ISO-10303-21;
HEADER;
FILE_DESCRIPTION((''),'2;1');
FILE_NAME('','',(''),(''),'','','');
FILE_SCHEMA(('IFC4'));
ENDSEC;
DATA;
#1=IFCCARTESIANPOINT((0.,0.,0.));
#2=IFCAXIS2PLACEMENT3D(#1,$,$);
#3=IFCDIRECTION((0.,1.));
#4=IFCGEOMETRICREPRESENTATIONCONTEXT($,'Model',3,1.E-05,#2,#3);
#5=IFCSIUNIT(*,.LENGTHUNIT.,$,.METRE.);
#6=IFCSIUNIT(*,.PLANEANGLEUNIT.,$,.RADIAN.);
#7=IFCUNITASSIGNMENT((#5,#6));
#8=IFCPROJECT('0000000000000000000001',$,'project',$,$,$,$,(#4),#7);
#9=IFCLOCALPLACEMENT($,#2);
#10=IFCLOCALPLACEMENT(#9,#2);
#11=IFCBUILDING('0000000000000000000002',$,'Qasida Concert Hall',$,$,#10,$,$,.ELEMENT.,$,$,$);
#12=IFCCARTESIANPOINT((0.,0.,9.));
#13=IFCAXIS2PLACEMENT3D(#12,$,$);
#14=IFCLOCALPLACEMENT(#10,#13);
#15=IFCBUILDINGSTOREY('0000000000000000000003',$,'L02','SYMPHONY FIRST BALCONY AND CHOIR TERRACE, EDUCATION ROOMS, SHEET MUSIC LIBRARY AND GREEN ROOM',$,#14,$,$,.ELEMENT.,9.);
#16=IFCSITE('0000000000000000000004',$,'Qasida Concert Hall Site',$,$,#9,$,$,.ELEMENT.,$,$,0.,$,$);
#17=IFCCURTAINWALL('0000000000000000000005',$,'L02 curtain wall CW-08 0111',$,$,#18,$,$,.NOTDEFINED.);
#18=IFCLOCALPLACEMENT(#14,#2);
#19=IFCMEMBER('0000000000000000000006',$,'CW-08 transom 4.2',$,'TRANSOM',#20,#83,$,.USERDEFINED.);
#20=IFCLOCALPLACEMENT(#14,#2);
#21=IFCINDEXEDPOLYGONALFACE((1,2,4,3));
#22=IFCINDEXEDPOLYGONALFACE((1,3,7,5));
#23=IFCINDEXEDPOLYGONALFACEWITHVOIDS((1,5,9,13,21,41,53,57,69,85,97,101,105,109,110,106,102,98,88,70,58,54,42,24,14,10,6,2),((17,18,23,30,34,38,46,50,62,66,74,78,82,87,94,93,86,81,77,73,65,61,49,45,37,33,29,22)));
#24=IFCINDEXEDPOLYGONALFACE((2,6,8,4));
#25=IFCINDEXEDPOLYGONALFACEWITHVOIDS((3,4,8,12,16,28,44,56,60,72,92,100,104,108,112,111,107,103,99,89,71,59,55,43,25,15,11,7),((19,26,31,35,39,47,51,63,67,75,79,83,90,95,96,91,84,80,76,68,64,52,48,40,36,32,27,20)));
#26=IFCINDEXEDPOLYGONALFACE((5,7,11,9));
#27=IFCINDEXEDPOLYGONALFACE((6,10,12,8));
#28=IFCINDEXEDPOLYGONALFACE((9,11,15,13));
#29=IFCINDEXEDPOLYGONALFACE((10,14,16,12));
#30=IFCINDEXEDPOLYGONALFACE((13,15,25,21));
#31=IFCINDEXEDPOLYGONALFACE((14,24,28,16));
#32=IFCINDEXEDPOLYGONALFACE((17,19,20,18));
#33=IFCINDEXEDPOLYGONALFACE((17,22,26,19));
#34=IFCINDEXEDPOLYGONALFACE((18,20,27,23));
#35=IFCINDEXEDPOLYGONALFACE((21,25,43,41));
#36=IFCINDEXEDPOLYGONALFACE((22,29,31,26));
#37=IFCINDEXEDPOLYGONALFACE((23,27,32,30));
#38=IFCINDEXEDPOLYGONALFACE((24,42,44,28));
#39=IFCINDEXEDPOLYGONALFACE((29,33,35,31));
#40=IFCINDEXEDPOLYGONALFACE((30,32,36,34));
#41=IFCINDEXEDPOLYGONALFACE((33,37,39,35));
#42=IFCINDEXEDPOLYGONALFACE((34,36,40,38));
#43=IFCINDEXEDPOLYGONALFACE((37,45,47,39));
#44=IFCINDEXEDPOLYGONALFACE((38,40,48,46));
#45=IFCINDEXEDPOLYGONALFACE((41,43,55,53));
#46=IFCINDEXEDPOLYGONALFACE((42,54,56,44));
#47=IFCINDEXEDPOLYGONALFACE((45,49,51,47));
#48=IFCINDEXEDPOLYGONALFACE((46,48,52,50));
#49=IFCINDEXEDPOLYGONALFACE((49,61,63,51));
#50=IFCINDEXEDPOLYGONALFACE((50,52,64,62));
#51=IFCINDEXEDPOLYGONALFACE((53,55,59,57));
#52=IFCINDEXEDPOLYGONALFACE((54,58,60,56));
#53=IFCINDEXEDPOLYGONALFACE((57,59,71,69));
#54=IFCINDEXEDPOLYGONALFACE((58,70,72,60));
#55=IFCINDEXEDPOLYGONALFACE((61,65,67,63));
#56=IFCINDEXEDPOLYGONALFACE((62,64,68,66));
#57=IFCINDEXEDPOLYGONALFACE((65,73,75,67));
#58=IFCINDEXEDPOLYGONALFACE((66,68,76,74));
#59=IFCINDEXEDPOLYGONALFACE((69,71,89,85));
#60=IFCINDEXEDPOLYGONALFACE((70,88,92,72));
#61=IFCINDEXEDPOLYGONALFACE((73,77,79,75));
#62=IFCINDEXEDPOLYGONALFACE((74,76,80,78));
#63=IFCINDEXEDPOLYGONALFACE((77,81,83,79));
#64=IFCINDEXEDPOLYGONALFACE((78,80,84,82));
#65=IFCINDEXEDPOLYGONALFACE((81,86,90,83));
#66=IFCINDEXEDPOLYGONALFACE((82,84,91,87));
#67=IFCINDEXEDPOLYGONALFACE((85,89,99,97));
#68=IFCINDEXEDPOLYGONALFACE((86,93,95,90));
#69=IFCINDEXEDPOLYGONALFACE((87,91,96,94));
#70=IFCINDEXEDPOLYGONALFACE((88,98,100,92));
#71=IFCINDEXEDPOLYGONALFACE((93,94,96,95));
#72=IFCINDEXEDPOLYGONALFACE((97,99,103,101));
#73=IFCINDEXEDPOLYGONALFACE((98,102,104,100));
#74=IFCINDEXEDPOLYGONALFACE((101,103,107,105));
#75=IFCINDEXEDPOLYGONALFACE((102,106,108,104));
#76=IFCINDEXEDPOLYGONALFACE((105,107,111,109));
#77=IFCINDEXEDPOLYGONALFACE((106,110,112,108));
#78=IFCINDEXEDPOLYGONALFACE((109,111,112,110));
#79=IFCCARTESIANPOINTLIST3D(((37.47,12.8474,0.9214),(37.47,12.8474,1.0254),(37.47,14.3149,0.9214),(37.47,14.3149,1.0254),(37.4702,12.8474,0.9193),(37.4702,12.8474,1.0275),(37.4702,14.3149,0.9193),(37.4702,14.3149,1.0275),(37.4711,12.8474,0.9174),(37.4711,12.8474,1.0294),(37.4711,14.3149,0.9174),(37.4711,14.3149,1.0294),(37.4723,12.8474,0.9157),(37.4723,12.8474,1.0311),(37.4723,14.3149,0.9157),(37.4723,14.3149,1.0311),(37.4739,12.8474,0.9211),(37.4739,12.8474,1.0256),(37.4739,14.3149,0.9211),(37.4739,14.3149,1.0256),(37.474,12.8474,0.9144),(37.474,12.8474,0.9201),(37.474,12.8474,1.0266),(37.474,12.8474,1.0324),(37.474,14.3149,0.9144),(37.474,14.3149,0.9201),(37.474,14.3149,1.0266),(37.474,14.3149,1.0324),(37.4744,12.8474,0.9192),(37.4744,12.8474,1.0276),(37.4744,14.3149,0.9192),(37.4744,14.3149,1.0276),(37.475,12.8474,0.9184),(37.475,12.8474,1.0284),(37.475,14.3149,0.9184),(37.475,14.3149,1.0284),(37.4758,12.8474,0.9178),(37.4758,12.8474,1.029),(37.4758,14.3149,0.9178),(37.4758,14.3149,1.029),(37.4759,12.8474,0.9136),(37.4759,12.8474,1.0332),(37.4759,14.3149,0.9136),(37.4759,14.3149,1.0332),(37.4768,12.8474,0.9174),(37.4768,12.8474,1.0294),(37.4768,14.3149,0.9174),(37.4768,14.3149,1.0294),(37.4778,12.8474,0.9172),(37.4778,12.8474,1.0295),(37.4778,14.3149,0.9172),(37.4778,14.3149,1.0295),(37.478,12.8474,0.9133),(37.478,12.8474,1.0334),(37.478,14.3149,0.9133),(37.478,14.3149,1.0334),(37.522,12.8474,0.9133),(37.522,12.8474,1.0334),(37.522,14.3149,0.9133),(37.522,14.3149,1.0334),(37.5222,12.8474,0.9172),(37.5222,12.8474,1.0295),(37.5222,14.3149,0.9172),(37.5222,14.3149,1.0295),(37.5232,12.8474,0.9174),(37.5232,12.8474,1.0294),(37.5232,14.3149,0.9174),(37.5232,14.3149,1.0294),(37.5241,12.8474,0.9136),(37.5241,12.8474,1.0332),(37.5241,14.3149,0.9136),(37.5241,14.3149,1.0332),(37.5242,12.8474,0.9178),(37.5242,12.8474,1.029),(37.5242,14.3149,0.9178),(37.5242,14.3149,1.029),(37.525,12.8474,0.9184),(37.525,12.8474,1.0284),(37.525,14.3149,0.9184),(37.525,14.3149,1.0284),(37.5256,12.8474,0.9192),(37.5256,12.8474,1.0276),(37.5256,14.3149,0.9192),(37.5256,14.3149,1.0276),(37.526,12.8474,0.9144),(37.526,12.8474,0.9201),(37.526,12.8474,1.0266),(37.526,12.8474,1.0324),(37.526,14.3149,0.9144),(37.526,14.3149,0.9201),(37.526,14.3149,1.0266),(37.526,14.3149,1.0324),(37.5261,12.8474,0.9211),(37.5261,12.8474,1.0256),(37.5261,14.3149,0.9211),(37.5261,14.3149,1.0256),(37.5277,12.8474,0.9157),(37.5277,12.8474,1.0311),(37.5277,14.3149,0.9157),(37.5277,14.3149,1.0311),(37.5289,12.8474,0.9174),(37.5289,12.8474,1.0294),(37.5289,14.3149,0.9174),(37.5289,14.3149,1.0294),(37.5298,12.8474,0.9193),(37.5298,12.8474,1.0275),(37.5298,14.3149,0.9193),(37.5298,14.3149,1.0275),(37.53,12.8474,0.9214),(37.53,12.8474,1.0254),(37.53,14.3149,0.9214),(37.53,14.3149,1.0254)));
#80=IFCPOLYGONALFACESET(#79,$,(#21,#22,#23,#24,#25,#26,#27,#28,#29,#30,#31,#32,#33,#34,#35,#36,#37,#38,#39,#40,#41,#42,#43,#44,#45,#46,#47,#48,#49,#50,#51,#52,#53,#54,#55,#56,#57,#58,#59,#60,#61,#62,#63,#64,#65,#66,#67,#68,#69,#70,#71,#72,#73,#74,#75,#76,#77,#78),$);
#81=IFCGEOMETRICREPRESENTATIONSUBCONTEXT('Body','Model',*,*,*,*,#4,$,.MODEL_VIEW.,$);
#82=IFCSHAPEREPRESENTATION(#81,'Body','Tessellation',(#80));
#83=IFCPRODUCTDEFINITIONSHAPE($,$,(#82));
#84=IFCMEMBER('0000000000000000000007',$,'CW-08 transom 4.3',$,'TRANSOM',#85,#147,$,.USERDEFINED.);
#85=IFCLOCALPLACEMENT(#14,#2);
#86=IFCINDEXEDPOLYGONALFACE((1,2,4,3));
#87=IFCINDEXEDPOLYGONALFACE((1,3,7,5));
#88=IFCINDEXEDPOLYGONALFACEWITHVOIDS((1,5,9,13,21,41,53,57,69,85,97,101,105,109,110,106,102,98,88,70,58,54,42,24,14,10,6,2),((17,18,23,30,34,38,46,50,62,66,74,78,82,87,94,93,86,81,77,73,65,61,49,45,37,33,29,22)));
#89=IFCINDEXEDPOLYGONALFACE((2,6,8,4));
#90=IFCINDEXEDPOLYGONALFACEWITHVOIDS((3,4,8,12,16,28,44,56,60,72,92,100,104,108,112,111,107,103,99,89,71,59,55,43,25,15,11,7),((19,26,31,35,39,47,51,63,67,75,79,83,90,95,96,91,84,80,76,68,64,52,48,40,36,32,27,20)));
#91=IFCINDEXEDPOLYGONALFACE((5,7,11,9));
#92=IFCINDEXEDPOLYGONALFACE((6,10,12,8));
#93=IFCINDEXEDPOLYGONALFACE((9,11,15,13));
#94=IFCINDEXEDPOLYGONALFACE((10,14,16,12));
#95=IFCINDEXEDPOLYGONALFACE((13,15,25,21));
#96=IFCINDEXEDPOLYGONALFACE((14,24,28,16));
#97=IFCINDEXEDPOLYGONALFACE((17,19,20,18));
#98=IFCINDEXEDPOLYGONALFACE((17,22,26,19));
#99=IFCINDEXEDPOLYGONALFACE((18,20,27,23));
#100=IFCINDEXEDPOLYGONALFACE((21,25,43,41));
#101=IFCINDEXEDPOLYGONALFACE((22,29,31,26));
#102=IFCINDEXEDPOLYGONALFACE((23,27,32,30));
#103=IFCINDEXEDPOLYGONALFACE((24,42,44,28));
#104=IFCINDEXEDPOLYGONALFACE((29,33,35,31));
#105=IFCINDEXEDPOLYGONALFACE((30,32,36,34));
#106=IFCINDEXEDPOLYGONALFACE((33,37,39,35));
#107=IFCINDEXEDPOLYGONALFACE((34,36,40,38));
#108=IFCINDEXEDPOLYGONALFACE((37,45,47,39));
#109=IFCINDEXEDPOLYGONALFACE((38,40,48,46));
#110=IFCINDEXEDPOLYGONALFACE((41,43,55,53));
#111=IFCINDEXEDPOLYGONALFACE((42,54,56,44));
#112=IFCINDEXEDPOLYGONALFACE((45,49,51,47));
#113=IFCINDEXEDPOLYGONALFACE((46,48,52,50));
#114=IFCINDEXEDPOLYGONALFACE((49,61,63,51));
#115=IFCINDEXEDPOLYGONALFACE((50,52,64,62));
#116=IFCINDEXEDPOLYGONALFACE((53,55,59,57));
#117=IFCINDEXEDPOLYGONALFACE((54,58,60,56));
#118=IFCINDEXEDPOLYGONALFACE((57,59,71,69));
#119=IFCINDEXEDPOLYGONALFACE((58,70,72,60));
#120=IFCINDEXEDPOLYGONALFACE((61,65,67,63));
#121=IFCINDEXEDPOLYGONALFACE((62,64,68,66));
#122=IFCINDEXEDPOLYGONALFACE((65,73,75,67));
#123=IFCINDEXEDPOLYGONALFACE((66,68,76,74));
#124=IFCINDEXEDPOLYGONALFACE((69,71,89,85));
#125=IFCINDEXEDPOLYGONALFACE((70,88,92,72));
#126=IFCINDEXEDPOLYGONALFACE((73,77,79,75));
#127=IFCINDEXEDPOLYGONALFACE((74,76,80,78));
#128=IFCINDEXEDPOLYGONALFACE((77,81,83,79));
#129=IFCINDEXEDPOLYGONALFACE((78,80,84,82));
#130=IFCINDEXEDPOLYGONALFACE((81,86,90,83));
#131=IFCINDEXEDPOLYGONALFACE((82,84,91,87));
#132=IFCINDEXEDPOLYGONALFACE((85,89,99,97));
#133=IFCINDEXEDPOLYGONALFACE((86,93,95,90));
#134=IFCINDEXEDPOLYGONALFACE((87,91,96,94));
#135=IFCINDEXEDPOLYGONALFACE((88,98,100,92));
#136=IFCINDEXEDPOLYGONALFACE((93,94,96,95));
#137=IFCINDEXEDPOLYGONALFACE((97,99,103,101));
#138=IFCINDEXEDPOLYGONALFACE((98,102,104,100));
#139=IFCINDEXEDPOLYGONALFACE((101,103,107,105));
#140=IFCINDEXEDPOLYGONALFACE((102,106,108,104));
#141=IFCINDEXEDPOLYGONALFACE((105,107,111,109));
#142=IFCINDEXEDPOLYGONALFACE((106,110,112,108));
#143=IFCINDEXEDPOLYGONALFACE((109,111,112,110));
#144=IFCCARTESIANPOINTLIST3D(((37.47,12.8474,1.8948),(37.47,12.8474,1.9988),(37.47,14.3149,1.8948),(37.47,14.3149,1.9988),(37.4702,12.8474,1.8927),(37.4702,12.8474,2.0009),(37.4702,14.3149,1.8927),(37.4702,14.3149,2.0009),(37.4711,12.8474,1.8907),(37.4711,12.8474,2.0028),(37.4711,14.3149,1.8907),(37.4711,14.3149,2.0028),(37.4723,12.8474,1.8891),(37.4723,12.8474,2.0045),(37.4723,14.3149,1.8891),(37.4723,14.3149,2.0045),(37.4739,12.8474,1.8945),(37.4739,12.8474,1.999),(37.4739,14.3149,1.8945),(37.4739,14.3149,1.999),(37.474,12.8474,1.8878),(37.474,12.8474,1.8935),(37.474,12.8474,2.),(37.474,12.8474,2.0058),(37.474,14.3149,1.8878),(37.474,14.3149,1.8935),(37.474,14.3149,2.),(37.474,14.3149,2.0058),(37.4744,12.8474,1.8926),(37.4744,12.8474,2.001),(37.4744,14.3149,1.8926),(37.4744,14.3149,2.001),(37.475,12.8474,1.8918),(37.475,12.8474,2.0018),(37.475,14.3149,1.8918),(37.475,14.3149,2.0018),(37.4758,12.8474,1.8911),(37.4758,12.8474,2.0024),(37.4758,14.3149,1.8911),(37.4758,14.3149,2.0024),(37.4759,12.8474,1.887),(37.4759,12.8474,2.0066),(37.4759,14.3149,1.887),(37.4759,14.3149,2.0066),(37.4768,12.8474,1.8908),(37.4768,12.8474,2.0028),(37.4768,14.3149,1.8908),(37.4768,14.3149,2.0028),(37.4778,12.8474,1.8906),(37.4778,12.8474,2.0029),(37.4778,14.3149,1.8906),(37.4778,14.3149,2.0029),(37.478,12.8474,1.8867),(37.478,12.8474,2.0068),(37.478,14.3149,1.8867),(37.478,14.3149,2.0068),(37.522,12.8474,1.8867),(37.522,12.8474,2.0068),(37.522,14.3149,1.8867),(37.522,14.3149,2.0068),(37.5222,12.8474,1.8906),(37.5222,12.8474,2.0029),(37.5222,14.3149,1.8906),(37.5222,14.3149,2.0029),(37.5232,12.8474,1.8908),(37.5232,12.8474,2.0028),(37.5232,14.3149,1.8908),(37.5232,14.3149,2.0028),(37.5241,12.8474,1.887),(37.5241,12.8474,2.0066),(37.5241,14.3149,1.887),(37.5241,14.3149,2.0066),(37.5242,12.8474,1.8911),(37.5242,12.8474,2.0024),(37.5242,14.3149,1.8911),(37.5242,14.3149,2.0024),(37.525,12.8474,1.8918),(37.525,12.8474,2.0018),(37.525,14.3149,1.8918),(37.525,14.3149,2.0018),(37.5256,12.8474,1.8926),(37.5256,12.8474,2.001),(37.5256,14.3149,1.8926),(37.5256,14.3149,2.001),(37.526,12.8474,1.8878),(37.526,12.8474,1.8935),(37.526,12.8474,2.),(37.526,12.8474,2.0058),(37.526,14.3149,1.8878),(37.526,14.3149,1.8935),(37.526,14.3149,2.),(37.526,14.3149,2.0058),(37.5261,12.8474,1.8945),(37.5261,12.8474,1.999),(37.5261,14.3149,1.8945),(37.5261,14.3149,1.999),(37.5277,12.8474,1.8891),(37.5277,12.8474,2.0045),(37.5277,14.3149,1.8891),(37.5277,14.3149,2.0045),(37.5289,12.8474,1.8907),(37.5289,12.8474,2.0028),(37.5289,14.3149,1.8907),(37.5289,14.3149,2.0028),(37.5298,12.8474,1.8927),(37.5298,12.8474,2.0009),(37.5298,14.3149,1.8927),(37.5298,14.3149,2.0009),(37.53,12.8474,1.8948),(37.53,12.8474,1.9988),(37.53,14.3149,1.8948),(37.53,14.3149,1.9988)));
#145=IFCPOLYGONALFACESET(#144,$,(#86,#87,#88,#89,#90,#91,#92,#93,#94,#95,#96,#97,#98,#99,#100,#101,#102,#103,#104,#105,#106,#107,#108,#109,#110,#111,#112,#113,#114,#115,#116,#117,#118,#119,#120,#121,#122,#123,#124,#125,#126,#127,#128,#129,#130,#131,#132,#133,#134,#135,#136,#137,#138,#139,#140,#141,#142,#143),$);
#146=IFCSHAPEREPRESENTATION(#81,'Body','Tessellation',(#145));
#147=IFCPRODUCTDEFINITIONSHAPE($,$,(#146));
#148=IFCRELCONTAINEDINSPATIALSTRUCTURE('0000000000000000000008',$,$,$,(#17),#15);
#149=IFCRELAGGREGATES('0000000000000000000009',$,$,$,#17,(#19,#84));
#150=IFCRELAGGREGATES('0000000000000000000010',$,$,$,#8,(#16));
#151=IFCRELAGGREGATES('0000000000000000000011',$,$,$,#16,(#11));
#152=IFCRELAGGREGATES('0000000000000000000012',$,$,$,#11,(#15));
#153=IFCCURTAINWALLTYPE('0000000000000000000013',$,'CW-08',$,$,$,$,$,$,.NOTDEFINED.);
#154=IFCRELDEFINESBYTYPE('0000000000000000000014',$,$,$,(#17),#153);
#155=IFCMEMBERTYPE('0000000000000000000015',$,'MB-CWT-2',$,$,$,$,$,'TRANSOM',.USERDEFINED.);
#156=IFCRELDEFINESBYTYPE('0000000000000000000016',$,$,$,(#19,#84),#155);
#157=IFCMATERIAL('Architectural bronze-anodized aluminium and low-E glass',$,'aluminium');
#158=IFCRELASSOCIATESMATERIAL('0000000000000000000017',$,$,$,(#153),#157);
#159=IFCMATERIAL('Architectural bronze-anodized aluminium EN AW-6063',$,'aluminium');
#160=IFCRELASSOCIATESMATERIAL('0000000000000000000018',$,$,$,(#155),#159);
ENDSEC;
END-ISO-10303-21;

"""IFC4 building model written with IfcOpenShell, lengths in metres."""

from ifc_helpers import new_model, si_unit, direction, frame, origin, origin_2d, place, context, subcontext, project, spatial, hollow_rectangle, extrude, material, material_profile, profile_set, type_object, element, aggregate, save


model = new_model("IFC4")

# Units and contexts
model_context = context("Model", 3, precision=1e-05, world=origin(), true_north=direction((0.0, 1.0)))
body_context = subcontext(model_context, "Body", "Model", "MODEL_VIEW")
ifc_project = project(units=[si_unit("LENGTHUNIT", "METRE"), si_unit("PLANEANGLEUNIT", "RADIAN")], contexts=[model_context])

# Site, building, storey
site_placement = place(None, origin())
site = spatial("IfcSite", under=ifc_project, at=site_placement, Name="Qasida Concert Hall Site", CompositionType="ELEMENT", RefElevation=0.0)
building_placement = place(site_placement, origin())
building = spatial("IfcBuilding", under=site, at=building_placement, Name="Qasida Concert Hall", CompositionType="ELEMENT")
storey_placement = place(building_placement, frame((0.0, 0.0, 9.0)))
storey = spatial("IfcBuildingStorey", under=building, at=storey_placement, Name="L02", Description="SYMPHONY FIRST BALCONY AND CHOIR TERRACE, EDUCATION ROOMS, SHEET MUSIC LIBRARY AND GREEN ROOM", CompositionType="ELEMENT", Elevation=9.0)

# Curtain wall
ifc_material_1 = material(Name="Architectural bronze-anodized aluminium and low-E glass", Category="aluminium")
curtain_wall_type = type_object("IfcCurtainWallType", Name="CW-08", PredefinedType="NOTDEFINED", material=ifc_material_1)
curtain_wall_1_placement = place(storey_placement, origin())
curtain_wall_1 = element("IfcCurtainWall", 1, at=curtain_wall_1_placement, inside=storey, type_object=curtain_wall_type, Name="L02 curtain wall CW-08 0111", PredefinedType="NOTDEFINED")
ifc_material_2 = material(Name="Architectural bronze-anodized aluminium EN AW-6063", Category="aluminium")

# Members
ifc_material_profile_1 = material_profile(ifc_material_2, hollow_rectangle(XDim=0.0601, YDim=0.1201, WallThickness=0.0039, InnerFilletRadius=0.0039, OuterFilletRadius=0.0081, at=origin_2d()), Name="CWT 120x60x4")
ifc_profile_set_1 = profile_set([ifc_material_profile_1], Name="Architectural bronze-anodized aluminium EN AW-6063")
member_type_1 = type_object("IfcMemberType", Name="MB-CWT-2", ElementType="TRANSOM", PredefinedType="USERDEFINED", material=ifc_profile_set_1)
member_1_placement = place(storey_placement, frame((37.5, 12.8474, 0.9734), z_axis=(0.0, 1.0, 0.0), x_axis=(-1.0, 0.0, 0.0)))
member_1 = element("IfcMember", 2, at=member_1_placement, type_object=member_type_1, Name="CW-08 transom 4.2", ObjectType="TRANSOM", PredefinedType="USERDEFINED", context=body_context, shape_type="SweptSolid", body=[
    extrude(hollow_rectangle(XDim=0.0601, YDim=0.1201, WallThickness=0.0039, InnerFilletRadius=0.0039, OuterFilletRadius=0.0081, at=origin_2d()), origin(), (0.0, 0.0, 1.0), 1.4675),
])
member_2_placement = place(storey_placement, frame((37.5, 12.8474, 1.9468), z_axis=(0.0, 1.0, 0.0), x_axis=(-1.0, 0.0, 0.0)))
member_2 = element("IfcMember", 3, at=member_2_placement, type_object=member_type_1, Name="CW-08 transom 4.3", ObjectType="TRANSOM", PredefinedType="USERDEFINED", context=body_context, shape_type="SweptSolid", body=[
    extrude(hollow_rectangle(XDim=0.0601, YDim=0.1201, WallThickness=0.0039, InnerFilletRadius=0.0039, OuterFilletRadius=0.0081, at=origin_2d()), origin(), (0.0, 0.0, 1.0), 1.4675),
])

aggregate(curtain_wall_1, [member_1, member_2])

save(model, "model.ifc")
